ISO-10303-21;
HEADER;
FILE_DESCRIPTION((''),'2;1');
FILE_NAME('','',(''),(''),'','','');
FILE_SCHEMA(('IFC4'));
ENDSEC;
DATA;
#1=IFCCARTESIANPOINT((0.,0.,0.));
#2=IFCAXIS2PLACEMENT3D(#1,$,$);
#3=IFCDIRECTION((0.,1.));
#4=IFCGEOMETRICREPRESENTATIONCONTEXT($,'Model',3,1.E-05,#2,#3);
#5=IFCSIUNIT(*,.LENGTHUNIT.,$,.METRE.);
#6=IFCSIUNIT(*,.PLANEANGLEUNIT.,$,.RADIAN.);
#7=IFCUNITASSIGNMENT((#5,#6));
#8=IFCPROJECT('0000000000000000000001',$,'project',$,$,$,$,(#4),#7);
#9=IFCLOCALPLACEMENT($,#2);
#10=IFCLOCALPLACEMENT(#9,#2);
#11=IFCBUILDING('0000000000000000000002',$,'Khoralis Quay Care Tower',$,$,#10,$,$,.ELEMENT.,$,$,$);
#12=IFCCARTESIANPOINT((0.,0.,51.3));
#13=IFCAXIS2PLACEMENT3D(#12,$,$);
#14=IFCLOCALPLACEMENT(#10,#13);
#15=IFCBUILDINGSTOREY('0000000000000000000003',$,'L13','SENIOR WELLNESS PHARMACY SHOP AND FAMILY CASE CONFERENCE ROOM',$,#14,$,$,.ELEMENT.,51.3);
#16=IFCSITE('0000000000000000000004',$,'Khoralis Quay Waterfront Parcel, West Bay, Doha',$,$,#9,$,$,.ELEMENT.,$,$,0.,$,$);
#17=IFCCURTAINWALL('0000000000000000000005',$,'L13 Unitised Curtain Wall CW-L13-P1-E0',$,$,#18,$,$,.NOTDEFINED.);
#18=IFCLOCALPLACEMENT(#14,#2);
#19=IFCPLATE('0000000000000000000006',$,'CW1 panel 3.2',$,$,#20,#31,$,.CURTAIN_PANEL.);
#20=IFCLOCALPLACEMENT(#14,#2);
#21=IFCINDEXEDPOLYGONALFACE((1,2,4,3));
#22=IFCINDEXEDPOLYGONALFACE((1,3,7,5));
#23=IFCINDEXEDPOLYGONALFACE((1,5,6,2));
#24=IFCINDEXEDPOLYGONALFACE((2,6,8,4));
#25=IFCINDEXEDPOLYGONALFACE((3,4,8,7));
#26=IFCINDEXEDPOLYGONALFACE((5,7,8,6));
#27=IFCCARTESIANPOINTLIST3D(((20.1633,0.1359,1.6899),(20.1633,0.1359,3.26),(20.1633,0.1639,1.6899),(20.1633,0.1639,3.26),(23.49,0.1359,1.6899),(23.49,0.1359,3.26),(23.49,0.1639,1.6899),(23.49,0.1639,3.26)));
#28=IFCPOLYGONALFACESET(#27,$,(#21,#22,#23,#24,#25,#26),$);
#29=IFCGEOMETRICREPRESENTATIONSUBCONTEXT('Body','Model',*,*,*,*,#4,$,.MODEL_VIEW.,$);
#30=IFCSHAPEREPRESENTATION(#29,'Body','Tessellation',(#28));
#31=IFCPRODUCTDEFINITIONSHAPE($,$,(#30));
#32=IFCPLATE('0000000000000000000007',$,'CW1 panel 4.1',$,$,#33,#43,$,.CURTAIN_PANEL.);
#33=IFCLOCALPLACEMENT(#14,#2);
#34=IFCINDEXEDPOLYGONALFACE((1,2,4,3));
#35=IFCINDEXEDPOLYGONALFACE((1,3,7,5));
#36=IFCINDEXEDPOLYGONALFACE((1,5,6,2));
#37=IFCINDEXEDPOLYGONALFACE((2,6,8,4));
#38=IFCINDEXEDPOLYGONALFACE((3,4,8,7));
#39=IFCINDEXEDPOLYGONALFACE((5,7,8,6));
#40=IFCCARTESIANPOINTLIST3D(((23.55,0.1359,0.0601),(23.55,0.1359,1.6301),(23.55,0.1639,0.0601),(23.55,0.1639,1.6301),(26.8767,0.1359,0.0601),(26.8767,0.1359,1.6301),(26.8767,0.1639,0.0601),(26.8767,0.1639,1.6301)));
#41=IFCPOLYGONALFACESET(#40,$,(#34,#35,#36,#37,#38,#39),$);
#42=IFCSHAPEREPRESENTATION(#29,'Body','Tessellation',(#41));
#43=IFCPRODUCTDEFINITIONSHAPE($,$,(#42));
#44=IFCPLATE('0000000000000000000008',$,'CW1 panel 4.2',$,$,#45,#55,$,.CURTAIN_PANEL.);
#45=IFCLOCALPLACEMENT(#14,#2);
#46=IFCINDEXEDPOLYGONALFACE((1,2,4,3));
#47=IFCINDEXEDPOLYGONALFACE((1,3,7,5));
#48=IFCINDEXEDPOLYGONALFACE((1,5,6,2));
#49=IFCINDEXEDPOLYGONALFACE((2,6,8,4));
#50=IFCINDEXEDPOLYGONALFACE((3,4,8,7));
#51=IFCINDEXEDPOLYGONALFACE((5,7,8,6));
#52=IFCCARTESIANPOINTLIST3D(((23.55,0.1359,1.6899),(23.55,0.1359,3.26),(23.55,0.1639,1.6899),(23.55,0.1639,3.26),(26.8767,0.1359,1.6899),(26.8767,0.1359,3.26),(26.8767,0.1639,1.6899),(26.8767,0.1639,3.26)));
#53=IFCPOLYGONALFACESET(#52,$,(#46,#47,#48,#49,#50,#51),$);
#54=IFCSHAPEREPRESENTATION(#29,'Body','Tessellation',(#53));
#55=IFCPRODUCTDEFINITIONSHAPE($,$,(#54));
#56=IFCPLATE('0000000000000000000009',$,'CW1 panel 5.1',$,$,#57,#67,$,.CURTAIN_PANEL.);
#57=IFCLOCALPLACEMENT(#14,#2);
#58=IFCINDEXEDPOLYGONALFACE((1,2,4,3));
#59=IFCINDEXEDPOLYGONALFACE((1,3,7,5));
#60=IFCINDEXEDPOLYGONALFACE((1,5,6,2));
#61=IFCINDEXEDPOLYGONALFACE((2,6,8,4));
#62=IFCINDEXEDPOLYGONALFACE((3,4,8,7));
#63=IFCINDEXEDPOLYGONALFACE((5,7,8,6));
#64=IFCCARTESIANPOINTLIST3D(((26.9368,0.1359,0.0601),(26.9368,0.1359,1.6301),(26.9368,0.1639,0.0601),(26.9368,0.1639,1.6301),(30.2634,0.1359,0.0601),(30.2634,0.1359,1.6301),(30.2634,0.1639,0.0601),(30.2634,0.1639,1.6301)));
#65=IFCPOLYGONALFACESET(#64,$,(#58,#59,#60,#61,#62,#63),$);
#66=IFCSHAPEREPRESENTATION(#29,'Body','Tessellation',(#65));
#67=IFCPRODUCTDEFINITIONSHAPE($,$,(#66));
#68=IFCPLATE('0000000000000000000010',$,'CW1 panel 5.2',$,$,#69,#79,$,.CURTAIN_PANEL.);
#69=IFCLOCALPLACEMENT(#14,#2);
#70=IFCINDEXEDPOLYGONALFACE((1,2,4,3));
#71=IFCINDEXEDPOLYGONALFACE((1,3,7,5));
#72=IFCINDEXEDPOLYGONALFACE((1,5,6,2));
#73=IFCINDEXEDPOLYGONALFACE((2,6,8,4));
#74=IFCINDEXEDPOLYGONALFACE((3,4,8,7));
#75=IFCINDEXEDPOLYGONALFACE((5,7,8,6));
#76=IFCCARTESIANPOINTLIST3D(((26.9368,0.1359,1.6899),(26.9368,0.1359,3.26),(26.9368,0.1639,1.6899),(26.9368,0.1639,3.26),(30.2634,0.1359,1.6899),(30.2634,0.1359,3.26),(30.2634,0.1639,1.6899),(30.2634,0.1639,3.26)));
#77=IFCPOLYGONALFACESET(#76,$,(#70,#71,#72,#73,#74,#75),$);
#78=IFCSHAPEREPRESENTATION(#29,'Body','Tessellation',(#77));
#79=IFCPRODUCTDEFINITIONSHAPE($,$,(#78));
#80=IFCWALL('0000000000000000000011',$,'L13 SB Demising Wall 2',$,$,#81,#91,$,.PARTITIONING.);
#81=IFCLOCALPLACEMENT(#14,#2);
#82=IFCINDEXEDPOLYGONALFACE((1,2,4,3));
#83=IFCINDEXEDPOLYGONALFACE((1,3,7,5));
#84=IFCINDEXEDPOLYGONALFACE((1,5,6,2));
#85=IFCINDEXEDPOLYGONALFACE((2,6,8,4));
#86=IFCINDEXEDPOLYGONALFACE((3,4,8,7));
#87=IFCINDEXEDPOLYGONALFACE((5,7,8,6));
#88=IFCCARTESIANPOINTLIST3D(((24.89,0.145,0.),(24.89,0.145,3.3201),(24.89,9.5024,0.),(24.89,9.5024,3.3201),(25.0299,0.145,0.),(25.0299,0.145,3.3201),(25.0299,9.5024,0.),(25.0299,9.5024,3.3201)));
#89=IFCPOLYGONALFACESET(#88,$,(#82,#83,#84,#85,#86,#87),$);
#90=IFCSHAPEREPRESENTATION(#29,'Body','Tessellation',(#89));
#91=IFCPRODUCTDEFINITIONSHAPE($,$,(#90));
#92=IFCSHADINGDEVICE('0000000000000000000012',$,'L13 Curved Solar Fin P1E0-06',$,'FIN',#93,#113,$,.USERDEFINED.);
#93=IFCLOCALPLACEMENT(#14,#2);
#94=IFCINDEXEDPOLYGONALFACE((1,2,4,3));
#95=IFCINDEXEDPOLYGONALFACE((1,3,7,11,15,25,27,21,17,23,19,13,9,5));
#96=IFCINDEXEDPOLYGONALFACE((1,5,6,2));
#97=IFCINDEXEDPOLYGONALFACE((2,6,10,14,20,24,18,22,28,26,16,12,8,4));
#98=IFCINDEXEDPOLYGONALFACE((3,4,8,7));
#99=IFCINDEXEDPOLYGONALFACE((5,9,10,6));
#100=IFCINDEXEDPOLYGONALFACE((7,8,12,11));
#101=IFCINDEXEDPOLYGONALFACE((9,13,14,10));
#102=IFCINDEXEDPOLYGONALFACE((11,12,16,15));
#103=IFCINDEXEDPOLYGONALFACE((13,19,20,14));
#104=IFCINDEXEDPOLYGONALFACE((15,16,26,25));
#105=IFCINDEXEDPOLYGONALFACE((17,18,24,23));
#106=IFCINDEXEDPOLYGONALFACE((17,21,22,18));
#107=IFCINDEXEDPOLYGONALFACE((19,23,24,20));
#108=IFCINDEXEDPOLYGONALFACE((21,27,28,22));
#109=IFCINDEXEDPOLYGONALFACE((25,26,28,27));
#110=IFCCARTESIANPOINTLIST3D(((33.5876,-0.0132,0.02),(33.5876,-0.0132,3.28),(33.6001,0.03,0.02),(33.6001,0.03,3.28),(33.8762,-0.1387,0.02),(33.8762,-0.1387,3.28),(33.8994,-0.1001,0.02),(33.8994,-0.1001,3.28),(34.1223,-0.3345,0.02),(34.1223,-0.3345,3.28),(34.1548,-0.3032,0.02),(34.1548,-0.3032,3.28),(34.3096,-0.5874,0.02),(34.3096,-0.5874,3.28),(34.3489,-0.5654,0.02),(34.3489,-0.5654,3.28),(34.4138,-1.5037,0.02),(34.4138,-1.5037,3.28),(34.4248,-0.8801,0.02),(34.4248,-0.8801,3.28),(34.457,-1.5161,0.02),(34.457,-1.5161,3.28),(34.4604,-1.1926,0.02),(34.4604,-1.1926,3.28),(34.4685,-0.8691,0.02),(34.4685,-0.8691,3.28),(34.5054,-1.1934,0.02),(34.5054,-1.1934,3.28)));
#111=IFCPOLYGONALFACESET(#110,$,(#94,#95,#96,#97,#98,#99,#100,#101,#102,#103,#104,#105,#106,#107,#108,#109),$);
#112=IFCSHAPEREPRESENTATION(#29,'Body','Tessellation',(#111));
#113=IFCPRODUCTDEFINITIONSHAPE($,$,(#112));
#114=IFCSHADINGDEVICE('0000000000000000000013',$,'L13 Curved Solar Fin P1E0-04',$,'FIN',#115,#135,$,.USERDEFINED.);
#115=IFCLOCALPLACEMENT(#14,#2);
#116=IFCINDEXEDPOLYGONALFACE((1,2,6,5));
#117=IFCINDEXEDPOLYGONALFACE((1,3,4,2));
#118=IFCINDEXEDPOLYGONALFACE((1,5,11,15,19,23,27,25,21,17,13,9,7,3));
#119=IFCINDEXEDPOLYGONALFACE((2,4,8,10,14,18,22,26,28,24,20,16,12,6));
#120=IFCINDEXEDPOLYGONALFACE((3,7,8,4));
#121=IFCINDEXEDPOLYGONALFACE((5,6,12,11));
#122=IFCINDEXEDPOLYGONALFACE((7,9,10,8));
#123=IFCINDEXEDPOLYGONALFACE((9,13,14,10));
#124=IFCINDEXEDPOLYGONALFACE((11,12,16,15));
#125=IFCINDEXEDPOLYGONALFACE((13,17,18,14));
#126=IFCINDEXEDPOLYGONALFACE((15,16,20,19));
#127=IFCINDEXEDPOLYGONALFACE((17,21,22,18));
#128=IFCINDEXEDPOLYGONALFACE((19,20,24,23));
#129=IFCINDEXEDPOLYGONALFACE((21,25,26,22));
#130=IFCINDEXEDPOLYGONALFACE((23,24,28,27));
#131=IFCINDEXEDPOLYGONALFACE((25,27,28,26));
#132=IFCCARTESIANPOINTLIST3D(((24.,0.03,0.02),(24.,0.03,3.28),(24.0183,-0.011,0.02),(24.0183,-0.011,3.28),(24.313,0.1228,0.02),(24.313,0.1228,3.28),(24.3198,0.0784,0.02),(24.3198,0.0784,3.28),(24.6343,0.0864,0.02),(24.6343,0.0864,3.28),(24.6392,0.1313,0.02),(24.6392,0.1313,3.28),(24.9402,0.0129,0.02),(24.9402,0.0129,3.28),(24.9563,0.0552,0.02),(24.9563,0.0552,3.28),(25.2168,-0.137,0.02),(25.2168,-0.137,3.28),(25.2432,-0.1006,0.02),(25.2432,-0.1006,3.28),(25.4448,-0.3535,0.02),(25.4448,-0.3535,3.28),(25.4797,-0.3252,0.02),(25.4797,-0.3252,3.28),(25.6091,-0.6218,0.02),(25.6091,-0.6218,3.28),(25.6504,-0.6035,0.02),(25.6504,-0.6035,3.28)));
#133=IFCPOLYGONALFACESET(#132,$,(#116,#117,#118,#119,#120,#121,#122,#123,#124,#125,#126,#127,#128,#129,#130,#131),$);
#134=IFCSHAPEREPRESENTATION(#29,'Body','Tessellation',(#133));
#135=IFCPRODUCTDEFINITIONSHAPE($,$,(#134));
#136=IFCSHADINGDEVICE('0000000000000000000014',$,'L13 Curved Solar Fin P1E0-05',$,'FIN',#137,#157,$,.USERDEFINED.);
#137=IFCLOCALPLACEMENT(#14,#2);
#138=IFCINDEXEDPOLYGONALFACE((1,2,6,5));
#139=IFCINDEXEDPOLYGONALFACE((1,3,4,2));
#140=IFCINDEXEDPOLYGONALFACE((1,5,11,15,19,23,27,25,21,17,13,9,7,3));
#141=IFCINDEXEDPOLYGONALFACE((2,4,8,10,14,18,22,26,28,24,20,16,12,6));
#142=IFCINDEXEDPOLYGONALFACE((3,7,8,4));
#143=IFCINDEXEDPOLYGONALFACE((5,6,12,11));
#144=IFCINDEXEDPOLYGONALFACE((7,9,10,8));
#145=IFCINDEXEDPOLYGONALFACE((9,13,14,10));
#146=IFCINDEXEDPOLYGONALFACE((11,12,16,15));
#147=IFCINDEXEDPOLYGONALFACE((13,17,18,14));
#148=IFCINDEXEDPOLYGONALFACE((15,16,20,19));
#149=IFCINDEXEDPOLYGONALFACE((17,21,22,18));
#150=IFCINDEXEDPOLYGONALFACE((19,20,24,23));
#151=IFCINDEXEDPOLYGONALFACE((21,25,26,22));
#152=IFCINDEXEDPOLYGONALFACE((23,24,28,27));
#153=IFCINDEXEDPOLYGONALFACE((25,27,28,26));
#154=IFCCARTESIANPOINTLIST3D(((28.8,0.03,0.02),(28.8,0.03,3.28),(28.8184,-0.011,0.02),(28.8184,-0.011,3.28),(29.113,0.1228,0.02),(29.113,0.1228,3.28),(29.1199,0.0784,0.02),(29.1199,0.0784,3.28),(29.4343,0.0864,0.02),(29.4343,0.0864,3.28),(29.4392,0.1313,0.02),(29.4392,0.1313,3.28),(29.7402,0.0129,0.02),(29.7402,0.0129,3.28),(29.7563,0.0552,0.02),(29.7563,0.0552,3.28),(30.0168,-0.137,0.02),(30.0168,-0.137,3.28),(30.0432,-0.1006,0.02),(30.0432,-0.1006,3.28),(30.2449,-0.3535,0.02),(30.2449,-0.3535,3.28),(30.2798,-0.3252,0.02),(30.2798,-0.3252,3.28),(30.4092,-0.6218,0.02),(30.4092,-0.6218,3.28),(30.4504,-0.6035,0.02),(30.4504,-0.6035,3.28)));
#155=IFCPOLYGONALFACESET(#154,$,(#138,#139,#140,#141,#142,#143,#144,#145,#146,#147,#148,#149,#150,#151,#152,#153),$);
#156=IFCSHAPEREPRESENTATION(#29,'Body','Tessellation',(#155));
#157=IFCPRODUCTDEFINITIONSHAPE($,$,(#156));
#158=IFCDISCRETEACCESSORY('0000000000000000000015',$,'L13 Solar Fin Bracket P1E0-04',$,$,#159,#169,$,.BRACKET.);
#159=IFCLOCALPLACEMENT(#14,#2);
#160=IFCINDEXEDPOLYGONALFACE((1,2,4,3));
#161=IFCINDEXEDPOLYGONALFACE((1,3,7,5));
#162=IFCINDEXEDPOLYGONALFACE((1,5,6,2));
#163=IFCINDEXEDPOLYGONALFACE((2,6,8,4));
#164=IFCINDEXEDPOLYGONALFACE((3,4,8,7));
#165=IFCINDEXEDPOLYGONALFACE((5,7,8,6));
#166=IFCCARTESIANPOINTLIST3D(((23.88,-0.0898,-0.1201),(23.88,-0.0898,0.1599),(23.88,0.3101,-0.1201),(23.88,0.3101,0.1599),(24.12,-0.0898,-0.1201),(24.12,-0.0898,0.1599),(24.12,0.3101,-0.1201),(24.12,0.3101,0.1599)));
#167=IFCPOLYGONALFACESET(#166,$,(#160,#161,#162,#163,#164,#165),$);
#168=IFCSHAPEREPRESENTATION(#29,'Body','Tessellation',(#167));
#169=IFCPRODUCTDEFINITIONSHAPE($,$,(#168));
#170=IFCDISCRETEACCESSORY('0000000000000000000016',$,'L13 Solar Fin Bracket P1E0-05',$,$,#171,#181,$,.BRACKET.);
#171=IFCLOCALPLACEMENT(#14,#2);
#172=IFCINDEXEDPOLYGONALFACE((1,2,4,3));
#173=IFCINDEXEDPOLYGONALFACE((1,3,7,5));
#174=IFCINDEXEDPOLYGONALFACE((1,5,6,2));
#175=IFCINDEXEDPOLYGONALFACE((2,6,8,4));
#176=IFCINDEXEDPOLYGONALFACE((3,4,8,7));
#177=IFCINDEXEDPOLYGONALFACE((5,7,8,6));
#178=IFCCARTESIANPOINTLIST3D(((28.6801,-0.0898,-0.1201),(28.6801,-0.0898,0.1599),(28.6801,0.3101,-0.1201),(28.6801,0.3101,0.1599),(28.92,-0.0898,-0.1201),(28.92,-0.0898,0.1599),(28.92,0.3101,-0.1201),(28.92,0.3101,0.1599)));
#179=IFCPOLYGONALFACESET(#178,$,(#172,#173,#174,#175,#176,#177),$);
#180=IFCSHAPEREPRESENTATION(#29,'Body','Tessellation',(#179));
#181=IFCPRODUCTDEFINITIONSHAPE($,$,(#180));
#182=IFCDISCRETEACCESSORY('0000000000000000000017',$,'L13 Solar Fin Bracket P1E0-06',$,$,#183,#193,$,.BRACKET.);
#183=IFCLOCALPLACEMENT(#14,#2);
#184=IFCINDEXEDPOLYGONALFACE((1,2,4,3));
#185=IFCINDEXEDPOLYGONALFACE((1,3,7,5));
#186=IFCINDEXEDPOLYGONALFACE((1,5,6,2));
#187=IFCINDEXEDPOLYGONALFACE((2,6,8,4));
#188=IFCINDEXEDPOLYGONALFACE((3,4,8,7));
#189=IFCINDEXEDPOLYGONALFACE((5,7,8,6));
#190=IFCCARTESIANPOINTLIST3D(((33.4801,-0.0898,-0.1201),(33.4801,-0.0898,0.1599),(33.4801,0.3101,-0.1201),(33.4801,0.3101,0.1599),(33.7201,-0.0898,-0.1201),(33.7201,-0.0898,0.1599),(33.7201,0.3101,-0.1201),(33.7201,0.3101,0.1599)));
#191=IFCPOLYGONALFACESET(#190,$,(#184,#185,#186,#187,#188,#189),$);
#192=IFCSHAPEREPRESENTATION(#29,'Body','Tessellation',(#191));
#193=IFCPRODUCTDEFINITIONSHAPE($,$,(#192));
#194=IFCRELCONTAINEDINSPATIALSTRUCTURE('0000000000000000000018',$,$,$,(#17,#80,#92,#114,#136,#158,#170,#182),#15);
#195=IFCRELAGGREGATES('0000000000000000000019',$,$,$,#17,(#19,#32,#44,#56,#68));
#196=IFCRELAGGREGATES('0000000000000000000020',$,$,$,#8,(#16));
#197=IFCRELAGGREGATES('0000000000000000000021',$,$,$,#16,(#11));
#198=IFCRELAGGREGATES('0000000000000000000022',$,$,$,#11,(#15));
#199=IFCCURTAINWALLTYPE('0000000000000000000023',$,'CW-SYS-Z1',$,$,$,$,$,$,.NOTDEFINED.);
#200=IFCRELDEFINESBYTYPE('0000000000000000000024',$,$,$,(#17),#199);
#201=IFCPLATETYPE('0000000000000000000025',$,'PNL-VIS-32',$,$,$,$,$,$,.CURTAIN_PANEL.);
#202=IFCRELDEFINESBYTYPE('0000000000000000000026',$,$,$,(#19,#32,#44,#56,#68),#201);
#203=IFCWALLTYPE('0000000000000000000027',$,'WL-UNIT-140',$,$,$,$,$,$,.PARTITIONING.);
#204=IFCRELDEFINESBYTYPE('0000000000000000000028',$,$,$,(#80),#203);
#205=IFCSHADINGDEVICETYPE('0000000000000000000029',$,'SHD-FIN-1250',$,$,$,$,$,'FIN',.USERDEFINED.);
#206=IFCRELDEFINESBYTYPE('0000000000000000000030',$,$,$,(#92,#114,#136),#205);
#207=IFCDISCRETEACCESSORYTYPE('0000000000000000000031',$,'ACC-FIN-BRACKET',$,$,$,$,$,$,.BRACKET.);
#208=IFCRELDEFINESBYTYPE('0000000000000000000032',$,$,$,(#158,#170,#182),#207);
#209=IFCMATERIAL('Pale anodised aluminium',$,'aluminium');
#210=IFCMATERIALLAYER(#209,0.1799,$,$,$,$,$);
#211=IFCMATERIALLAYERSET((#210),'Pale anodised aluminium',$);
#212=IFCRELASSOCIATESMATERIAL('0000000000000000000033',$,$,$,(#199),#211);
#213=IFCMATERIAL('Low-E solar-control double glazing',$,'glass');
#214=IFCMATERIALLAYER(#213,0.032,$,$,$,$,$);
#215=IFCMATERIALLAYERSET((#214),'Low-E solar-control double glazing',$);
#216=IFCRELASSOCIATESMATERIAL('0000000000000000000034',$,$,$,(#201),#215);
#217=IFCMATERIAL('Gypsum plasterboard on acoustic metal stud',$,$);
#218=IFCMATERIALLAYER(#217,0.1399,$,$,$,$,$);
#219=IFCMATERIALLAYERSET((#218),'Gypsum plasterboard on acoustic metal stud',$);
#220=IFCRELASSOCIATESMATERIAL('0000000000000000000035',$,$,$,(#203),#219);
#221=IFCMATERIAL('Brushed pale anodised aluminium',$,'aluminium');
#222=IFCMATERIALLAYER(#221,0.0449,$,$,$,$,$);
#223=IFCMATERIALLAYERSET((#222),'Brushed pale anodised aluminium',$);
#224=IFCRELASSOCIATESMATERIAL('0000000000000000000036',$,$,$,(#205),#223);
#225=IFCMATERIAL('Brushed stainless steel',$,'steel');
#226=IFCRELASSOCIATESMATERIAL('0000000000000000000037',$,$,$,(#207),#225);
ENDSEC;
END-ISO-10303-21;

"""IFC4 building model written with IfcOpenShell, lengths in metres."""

from ifc_helpers import new_model, si_unit, direction, frame, frame_2d, origin, origin_2d, place, context, subcontext, project, spatial, polyline, rectangle, outline, extrude, source, transform, mapped, material, layer, layer_set, type_object, element, aggregate, save


model = new_model("IFC4")

# Units and contexts
model_context = context("Model", 3, precision=1e-05, world=origin(), true_north=direction((0.0, 1.0)))
body_context = subcontext(model_context, "Body", "Model", "MODEL_VIEW")
ifc_project = project(units=[si_unit("LENGTHUNIT", "METRE"), si_unit("PLANEANGLEUNIT", "RADIAN")], contexts=[model_context])

# Site, building, storey
site_placement = place(None, origin())
site = spatial("IfcSite", under=ifc_project, at=site_placement, Name="Khoralis Quay Waterfront Parcel, West Bay, Doha", CompositionType="ELEMENT", RefElevation=0.0)
building_placement = place(site_placement, origin())
building = spatial("IfcBuilding", under=site, at=building_placement, Name="Khoralis Quay Care Tower", CompositionType="ELEMENT")
storey_placement = place(building_placement, frame((0.0, 0.0, 51.3)))
storey = spatial("IfcBuildingStorey", under=building, at=storey_placement, Name="L13", Description="SENIOR WELLNESS PHARMACY SHOP AND FAMILY CASE CONFERENCE ROOM", CompositionType="ELEMENT", Elevation=51.3)

# Curtain wall, plates
ifc_material_1 = material(Name="Pale anodised aluminium", Category="aluminium")
ifc_layer_1 = layer(ifc_material_1, 0.1799)
ifc_layer_set_1 = layer_set([ifc_layer_1], Name="Pale anodised aluminium")
curtain_wall_type = type_object("IfcCurtainWallType", Name="CW-SYS-Z1", PredefinedType="NOTDEFINED", material=ifc_layer_set_1)
curtain_wall_placement = place(storey_placement, origin())
curtain_wall = element("IfcCurtainWall", 1, at=curtain_wall_placement, inside=storey, type_object=curtain_wall_type, Name="L13 Unitised Curtain Wall CW-L13-P1-E0", PredefinedType="NOTDEFINED")
ifc_material_2 = material(Name="Low-E solar-control double glazing", Category="glass")
ifc_layer_2 = layer(ifc_material_2, 0.032)
ifc_layer_set_2 = layer_set([ifc_layer_2], Name="Low-E solar-control double glazing")
plate_type = type_object("IfcPlateType", Name="PNL-VIS-32", PredefinedType="CURTAIN_PANEL", material=ifc_layer_set_2)
shared_shape_1 = source(origin(), body_context, "Body", "SweptSolid", [
    extrude(rectangle(XDim=3.3267, YDim=0.0281, at=origin_2d()), origin(), (0.0, 0.0, 1.0), 1.5701),
])
plate_1_placement = place(storey_placement, frame((21.8267, 0.1499, 1.6899), z_axis=(0.0, 0.0, 1.0), x_axis=(1.0, 0.0, 0.0)))
plate_1 = element("IfcPlate", 2, at=plate_1_placement, type_object=plate_type, Name="CW1 panel 3.2", PredefinedType="CURTAIN_PANEL", context=body_context, shape_type="MappedRepresentation", body=[
    mapped(shared_shape_1, transform((0.0, 0.0, 0.0), scale=1.0)),
])
plate_2_placement = place(storey_placement, frame((25.2134, 0.1499, 0.0601), z_axis=(0.0, 0.0, 1.0), x_axis=(1.0, 0.0, 0.0)))
plate_2 = element("IfcPlate", 3, at=plate_2_placement, type_object=plate_type, Name="CW1 panel 4.1", PredefinedType="CURTAIN_PANEL", context=body_context, shape_type="MappedRepresentation", body=[
    mapped(shared_shape_1, transform((0.0, 0.0, 0.0), scale=1.0)),
])
plate_3_placement = place(storey_placement, frame((25.2134, 0.1499, 1.6899), z_axis=(0.0, 0.0, 1.0), x_axis=(1.0, 0.0, 0.0)))
plate_3 = element("IfcPlate", 4, at=plate_3_placement, type_object=plate_type, Name="CW1 panel 4.2", PredefinedType="CURTAIN_PANEL", context=body_context, shape_type="MappedRepresentation", body=[
    mapped(shared_shape_1, transform((0.0, 0.0, 0.0), scale=1.0)),
])
plate_4_placement = place(storey_placement, frame((28.6001, 0.1499, 0.0601), z_axis=(0.0, 0.0, 1.0), x_axis=(1.0, 0.0, 0.0)))
plate_4 = element("IfcPlate", 5, at=plate_4_placement, type_object=plate_type, Name="CW1 panel 5.1", PredefinedType="CURTAIN_PANEL", context=body_context, shape_type="MappedRepresentation", body=[
    mapped(shared_shape_1, transform((0.0, 0.0, 0.0), scale=1.0)),
])
plate_5_placement = place(storey_placement, frame((28.6001, 0.1499, 1.6899), z_axis=(0.0, 0.0, 1.0), x_axis=(1.0, 0.0, 0.0)))
plate_5 = element("IfcPlate", 6, at=plate_5_placement, type_object=plate_type, Name="CW1 panel 5.2", PredefinedType="CURTAIN_PANEL", context=body_context, shape_type="MappedRepresentation", body=[
    mapped(shared_shape_1, transform((0.0, 0.0, 0.0), scale=1.0)),
])
aggregate(curtain_wall, [plate_1, plate_2, plate_3, plate_4, plate_5])

# Wall
ifc_material_3 = material(Name="Gypsum plasterboard on acoustic metal stud")
ifc_layer_3 = layer(ifc_material_3, 0.1399)
ifc_layer_set_3 = layer_set([ifc_layer_3], Name="Gypsum plasterboard on acoustic metal stud")
wall_type = type_object("IfcWallType", Name="WL-UNIT-140", PredefinedType="PARTITIONING", material=ifc_layer_set_3)
wall_placement = place(storey_placement, frame((24.96, 0.145, 0.0), z_axis=(0.0, 0.0, 1.0), x_axis=(0.0, 1.0, 0.0)))
element("IfcWall", 7, at=wall_placement, inside=storey, type_object=wall_type, Name="L13 SB Demising Wall 2", PredefinedType="PARTITIONING", context=body_context, shape_type="SweptSolid", body=[
    extrude(rectangle(XDim=9.3574, YDim=0.1399, at=frame_2d((4.6787, 0.0))), origin(), (0.0, 0.0, 1.0), 3.3201),
])

# Shading devices
ifc_material_4 = material(Name="Brushed pale anodised aluminium", Category="aluminium")
ifc_layer_4 = layer(ifc_material_4, 0.0449)
ifc_layer_set_4 = layer_set([ifc_layer_4], Name="Brushed pale anodised aluminium")
shading_device_type = type_object("IfcShadingDeviceType", Name="SHD-FIN-1250", ElementType="FIN", PredefinedType="USERDEFINED", material=ifc_layer_set_4)
shared_shape_2 = source(origin(), body_context, "Body", "SweptSolid", [
    extrude(outline(polyline([(0.0, 0.0), (0.1301, 0.2993), (0.3333, 0.5547), (0.5955, 0.7488), (0.8992, 0.8684), (1.2234, 0.9053), (1.5461, 0.8569), (1.5337, 0.8137), (1.2227, 0.8604), (0.9102, 0.8247), (0.6174, 0.7095), (0.3645, 0.5222), (0.1687, 0.2761), (0.0432, -0.0125), (0.0, 0.0)])), origin(), (0.0, 0.0, 1.0), 3.26),
])
shading_device_placement = place(storey_placement, frame((33.6001, 0.03, 0.02), z_axis=(0.0, 0.0, 1.0), x_axis=(0.0, -1.0, 0.0)))
element("IfcShadingDevice", 8, at=shading_device_placement, inside=storey, type_object=shading_device_type, Name="L13 Curved Solar Fin P1E0-06", ObjectType="FIN", PredefinedType="USERDEFINED", context=body_context, shape_type="MappedRepresentation", body=[
    mapped(shared_shape_2, transform((0.0, 0.0, 0.0), scale=1.0)),
])
shared_shape_3 = source(origin(), body_context, "Body", "SweptSolid", [
    extrude(outline(polyline([(0.0, 0.0), (-0.0928, 0.313), (-0.1013, 0.6392), (-0.0251, 0.9563), (0.1306, 1.2432), (0.3552, 1.4797), (0.6335, 1.6504), (0.6519, 1.6091), (0.3835, 1.4448), (0.167, 1.2168), (0.0171, 0.9402), (-0.0564, 0.6343), (-0.0483, 0.3198), (0.041, 0.0183), (0.0, 0.0)])), origin(), (0.0, 0.0, 1.0), 3.26),
])
for number, where, z_axis, x_axis, name in (
    (9, (24.0, 0.03, 0.02), (0.0, 0.0, 1.0), (0.0, -1.0, 0.0), "L13 Curved Solar Fin P1E0-04"),
    (10, (28.8, 0.03, 0.02), (0.0, 0.0, 1.0), (0.0, -1.0, 0.0), "L13 Curved Solar Fin P1E0-05"),
):
    element("IfcShadingDevice", number, at=place(storey_placement, frame(where, z_axis=z_axis, x_axis=x_axis)), inside=storey, type_object=shading_device_type, Name=name, ObjectType="FIN", PredefinedType="USERDEFINED", context=body_context, shape_type="MappedRepresentation", body=[
        mapped(shared_shape_3, transform((0.0, 0.0, 0.0), scale=1.0)),
    ])

# Discrete accessories
ifc_material_5 = material(Name="Brushed stainless steel", Category="steel")
discrete_accessory_type = type_object("IfcDiscreteAccessoryType", Name="ACC-FIN-BRACKET", PredefinedType="BRACKET", material=ifc_material_5)
shared_shape_4 = source(origin(), body_context, "Body", "SweptSolid", [
    extrude(rectangle(XDim=0.3999, YDim=0.24, at=origin_2d()), origin(), (0.0, 0.0, 1.0), 0.28),
])
for number, where, z_axis, x_axis, name in (
    (11, (24.0, 0.1101, -0.1201), (0.0, 0.0, 1.0), (0.0, -1.0, 0.0), "L13 Solar Fin Bracket P1E0-04"),
    (12, (28.8, 0.1101, -0.1201), (0.0, 0.0, 1.0), (0.0, -1.0, 0.0), "L13 Solar Fin Bracket P1E0-05"),
    (13, (33.6001, 0.1101, -0.1201), (0.0, 0.0, 1.0), (0.0, -1.0, 0.0), "L13 Solar Fin Bracket P1E0-06"),
):
    element("IfcDiscreteAccessory", number, at=place(storey_placement, frame(where, z_axis=z_axis, x_axis=x_axis)), inside=storey, type_object=discrete_accessory_type, Name=name, PredefinedType="BRACKET", context=body_context, shape_type="MappedRepresentation", body=[
        mapped(shared_shape_4, transform((0.0, 0.0, 0.0), scale=1.0)),
    ])

save(model, "model.ifc")
